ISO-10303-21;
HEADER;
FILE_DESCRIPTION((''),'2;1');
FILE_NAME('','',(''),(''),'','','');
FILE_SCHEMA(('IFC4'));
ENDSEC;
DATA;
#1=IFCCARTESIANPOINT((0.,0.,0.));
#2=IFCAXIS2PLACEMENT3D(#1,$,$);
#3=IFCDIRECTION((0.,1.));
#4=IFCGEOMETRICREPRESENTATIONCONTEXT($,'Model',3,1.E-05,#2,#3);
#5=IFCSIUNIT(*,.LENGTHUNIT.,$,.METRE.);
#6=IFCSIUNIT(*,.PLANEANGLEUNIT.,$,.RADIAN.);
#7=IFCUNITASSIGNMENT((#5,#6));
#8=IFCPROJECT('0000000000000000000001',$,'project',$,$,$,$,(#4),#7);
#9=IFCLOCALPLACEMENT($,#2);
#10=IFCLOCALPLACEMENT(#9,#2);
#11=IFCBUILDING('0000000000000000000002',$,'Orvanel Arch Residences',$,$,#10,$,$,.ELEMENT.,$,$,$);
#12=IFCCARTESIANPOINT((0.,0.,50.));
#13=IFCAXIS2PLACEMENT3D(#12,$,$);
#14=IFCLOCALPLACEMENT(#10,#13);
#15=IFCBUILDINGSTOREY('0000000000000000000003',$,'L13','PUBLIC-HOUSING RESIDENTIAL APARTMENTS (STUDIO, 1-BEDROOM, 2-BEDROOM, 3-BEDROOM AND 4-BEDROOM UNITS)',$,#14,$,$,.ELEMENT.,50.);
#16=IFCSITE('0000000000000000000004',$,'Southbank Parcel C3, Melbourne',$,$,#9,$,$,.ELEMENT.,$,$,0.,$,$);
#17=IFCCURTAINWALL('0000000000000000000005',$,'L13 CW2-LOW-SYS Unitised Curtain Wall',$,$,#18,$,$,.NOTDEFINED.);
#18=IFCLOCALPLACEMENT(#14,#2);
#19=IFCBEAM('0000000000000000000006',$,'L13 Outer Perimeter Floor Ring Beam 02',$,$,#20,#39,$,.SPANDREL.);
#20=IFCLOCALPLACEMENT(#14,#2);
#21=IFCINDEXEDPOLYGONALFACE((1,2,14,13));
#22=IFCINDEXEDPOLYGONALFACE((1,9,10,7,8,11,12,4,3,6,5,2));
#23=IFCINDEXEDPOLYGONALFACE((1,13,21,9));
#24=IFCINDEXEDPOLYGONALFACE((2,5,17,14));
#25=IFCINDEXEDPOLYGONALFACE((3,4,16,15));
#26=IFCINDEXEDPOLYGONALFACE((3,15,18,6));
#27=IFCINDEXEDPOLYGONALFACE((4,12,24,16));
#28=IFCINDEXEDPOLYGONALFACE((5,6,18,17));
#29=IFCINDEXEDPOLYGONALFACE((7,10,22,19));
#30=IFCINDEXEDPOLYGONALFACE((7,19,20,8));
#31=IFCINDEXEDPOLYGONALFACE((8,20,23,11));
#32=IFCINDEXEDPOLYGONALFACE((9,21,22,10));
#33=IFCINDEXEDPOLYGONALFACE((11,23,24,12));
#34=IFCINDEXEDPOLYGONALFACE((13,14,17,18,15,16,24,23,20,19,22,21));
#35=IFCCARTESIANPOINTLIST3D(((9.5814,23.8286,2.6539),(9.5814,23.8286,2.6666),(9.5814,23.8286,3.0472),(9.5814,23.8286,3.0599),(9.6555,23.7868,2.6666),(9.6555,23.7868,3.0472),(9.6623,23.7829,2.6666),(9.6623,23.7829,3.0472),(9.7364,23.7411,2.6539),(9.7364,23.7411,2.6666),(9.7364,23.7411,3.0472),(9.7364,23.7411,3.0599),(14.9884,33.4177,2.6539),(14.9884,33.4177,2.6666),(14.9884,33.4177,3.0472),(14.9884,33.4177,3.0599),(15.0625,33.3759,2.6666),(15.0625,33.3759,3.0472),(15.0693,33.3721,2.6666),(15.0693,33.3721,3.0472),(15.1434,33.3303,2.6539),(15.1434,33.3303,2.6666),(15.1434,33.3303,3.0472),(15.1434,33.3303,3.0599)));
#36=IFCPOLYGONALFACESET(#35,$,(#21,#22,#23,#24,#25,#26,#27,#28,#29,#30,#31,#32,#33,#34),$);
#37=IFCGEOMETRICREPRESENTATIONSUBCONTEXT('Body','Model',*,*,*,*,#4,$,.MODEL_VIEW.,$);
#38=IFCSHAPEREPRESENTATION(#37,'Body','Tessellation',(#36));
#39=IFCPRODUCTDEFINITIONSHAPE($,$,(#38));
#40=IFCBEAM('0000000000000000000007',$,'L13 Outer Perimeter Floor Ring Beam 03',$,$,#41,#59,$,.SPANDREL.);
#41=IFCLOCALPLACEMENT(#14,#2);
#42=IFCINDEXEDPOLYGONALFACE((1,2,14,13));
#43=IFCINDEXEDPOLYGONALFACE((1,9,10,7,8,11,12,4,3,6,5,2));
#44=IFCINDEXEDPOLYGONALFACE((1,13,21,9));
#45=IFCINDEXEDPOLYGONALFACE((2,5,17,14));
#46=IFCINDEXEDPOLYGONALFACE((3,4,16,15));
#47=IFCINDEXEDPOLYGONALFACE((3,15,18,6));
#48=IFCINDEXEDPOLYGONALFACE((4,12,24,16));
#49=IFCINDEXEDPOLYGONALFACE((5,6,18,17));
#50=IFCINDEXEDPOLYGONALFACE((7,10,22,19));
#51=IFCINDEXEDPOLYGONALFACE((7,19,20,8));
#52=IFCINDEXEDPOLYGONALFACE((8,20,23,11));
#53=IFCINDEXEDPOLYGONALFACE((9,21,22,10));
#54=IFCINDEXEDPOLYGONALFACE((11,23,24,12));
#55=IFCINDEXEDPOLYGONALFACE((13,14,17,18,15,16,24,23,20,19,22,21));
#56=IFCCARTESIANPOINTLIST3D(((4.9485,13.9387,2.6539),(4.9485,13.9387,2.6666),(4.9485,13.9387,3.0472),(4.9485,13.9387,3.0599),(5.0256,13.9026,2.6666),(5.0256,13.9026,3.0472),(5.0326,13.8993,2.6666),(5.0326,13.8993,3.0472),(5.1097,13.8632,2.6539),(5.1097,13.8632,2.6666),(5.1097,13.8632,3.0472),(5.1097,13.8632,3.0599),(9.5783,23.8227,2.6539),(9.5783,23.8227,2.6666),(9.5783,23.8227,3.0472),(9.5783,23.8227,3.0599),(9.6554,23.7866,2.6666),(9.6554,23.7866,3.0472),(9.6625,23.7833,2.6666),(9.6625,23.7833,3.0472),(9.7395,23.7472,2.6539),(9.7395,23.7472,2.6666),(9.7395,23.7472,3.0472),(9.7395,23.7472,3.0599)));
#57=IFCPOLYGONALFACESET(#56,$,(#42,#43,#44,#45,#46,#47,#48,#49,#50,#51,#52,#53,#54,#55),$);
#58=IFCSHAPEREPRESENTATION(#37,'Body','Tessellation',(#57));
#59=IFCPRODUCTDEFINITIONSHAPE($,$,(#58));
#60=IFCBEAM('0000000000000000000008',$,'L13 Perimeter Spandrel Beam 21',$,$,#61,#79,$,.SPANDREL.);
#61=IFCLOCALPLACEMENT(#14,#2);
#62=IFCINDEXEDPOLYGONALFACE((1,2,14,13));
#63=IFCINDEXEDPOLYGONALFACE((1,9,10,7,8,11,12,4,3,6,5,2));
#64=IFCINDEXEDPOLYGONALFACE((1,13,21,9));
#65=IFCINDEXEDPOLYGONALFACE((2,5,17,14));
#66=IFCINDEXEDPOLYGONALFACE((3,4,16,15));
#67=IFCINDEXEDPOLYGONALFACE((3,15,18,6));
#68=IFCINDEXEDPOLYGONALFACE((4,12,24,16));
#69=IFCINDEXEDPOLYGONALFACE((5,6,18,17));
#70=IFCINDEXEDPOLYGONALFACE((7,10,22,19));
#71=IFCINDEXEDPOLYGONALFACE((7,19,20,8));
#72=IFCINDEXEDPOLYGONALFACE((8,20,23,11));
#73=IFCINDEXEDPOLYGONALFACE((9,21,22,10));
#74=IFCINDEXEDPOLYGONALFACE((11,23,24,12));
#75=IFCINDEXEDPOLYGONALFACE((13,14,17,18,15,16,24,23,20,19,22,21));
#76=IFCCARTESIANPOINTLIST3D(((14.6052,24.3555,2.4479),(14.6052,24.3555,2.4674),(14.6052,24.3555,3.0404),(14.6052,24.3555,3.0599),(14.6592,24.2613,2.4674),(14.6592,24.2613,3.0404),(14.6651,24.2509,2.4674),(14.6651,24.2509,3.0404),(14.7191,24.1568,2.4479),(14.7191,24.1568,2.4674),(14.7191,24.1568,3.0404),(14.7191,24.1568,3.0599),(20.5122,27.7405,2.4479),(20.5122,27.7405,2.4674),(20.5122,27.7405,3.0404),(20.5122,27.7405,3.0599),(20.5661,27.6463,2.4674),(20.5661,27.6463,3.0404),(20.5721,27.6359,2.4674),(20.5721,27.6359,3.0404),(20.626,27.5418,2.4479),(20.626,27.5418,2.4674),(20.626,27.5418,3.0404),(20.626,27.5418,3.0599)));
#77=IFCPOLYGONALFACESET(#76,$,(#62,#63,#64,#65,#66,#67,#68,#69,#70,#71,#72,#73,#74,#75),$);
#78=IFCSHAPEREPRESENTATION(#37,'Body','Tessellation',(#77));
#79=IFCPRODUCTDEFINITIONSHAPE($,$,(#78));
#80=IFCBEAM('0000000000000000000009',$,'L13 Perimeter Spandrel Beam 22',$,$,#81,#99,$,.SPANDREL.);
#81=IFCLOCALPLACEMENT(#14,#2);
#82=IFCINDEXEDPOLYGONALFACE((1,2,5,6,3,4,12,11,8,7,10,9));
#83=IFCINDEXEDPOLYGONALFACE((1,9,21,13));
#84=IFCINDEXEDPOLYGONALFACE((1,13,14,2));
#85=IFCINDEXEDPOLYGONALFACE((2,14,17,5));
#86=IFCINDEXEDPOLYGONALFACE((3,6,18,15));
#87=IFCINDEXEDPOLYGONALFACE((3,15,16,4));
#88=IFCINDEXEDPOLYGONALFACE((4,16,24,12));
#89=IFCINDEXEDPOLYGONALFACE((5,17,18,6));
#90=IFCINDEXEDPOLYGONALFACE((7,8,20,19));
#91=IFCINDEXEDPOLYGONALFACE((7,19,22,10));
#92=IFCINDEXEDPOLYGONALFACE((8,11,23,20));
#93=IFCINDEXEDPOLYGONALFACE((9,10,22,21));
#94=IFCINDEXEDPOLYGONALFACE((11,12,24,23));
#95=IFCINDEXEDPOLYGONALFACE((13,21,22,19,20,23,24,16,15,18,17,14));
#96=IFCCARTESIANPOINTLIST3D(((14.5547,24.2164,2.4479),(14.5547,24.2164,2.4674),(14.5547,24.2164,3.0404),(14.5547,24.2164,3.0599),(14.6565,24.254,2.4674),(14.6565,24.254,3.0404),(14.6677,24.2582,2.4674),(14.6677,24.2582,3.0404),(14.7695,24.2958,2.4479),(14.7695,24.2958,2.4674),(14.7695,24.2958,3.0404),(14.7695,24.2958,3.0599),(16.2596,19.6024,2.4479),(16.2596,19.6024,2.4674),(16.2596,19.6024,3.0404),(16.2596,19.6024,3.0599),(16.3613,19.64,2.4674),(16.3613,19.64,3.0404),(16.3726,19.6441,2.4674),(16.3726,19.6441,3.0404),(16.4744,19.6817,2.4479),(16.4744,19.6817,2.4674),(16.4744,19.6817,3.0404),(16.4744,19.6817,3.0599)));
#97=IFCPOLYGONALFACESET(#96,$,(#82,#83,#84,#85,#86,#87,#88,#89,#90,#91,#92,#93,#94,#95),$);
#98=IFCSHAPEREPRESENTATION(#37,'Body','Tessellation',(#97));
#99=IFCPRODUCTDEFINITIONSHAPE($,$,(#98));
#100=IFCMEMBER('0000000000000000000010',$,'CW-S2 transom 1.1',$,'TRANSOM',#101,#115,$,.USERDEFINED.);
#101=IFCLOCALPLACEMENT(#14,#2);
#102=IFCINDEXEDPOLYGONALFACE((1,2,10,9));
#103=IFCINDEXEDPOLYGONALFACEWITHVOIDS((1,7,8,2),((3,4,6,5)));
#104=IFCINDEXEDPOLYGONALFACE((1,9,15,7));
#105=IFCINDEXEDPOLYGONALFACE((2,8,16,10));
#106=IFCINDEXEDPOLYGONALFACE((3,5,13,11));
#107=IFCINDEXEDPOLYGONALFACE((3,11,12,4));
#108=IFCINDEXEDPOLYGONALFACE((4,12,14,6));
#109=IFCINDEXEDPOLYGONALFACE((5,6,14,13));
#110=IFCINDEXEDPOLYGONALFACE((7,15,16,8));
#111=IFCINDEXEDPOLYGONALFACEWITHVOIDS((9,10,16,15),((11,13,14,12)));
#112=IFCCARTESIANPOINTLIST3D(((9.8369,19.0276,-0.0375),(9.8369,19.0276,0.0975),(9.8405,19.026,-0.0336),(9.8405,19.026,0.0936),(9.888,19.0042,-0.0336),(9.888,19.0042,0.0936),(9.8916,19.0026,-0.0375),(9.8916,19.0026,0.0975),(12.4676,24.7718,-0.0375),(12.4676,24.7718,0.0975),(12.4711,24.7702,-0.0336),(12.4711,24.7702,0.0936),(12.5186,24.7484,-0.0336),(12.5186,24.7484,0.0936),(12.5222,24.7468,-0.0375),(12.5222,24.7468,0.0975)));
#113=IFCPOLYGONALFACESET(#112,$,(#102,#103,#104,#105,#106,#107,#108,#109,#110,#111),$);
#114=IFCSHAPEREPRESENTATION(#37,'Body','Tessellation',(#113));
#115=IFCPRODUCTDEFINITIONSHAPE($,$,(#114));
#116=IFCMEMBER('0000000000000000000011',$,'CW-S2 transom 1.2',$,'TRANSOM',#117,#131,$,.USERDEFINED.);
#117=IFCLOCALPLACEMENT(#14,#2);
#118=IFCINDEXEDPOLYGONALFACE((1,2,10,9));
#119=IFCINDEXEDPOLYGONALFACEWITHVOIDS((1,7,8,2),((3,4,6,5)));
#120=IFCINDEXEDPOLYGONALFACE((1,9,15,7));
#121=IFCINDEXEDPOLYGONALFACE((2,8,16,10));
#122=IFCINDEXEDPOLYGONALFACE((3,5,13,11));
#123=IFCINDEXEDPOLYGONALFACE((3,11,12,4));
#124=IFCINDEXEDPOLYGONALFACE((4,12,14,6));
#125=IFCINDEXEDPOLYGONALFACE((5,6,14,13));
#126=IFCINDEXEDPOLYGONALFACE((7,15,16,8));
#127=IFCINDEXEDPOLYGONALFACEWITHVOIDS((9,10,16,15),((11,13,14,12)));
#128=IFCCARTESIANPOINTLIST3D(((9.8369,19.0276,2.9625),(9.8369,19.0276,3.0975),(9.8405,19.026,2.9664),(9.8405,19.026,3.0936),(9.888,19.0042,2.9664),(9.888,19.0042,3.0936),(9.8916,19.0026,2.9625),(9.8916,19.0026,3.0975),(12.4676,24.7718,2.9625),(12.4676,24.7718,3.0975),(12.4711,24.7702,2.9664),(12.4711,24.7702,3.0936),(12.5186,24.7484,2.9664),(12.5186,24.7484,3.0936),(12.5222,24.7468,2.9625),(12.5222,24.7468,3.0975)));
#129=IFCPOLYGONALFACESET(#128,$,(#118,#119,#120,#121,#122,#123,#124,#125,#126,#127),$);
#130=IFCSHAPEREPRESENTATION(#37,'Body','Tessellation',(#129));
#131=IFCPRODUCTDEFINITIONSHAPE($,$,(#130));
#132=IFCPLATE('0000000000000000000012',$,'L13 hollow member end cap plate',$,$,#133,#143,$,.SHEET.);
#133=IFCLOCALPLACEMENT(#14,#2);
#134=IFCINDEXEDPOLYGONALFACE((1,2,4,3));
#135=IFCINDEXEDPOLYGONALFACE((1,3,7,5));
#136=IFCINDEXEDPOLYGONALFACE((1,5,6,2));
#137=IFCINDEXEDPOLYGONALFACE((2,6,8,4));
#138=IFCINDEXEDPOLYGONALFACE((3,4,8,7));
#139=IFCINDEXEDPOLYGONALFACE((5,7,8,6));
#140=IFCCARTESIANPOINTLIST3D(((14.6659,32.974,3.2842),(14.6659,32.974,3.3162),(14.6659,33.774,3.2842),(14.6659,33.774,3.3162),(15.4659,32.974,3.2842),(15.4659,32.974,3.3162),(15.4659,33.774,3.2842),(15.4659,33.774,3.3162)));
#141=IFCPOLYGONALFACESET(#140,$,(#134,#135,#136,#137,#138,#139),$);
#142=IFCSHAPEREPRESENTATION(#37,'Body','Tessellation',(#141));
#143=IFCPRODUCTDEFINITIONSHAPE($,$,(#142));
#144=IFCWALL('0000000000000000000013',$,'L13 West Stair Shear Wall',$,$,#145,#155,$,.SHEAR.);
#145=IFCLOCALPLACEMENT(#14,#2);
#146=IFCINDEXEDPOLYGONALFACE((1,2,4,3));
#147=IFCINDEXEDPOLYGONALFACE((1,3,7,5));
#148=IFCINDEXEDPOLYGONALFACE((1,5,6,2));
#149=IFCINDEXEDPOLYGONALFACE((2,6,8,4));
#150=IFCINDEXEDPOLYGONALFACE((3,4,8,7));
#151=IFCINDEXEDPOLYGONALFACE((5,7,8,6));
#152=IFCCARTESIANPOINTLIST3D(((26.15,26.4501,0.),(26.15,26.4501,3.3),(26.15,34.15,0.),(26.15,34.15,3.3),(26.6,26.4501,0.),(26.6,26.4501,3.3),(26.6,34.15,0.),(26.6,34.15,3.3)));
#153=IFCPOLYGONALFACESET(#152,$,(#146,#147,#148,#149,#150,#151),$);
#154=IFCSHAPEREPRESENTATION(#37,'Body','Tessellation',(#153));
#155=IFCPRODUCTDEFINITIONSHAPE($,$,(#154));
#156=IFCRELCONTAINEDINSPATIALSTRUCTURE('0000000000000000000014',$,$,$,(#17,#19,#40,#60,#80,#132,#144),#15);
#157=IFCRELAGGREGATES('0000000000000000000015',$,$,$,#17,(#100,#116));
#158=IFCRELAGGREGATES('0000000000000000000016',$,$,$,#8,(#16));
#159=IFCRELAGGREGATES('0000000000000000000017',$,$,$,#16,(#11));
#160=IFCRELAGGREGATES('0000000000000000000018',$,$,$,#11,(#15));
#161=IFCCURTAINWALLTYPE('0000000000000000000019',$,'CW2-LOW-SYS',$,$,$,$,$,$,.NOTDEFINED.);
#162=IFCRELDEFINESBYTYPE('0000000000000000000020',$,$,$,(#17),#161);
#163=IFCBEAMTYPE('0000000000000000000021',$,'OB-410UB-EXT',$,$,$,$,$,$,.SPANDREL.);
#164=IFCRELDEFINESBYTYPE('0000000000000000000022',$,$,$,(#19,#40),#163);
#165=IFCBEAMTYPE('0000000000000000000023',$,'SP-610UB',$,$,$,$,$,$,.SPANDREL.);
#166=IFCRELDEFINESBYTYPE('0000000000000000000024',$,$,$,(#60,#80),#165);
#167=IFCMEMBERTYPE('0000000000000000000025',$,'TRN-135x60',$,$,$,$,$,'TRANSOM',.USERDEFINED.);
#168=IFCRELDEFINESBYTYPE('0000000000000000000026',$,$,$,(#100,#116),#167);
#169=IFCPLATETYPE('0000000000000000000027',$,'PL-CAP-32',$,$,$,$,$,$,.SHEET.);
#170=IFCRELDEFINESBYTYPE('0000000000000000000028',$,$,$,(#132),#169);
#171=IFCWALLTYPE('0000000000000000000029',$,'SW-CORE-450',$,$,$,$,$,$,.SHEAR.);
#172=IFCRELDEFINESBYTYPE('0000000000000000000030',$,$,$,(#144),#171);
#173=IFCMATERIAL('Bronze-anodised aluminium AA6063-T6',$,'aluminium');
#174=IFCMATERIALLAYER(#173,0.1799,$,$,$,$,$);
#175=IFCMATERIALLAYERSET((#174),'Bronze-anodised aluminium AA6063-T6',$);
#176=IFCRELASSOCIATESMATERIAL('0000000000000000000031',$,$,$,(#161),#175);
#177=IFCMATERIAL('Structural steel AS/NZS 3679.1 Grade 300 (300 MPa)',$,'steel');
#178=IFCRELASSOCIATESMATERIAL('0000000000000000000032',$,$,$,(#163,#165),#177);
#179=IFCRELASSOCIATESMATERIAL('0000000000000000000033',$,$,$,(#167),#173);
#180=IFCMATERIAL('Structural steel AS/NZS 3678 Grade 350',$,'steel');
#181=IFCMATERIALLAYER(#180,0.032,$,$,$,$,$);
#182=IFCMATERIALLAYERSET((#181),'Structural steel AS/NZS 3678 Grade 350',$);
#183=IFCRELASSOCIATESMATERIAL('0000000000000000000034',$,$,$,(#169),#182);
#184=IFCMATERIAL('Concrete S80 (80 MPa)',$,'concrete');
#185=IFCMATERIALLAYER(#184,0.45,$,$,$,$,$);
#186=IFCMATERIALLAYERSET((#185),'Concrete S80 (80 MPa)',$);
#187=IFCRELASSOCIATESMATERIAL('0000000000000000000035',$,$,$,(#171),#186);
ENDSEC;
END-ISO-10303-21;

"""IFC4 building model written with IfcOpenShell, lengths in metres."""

from ifc_helpers import new_model, si_unit, direction, frame, frame_2d, origin, origin_2d, place, context, subcontext, project, spatial, rectangle, hollow_rectangle, i_section, extrude, material, layer, layer_set, material_profile, profile_set, type_object, element, aggregate, save


model = new_model("IFC4")

# Units and contexts
model_context = context("Model", 3, precision=1e-05, world=origin(), true_north=direction((0.0, 1.0)))
body_context = subcontext(model_context, "Body", "Model", "MODEL_VIEW")
ifc_project = project(units=[si_unit("LENGTHUNIT", "METRE"), si_unit("PLANEANGLEUNIT", "RADIAN")], contexts=[model_context])

# Site, building, storey
site_placement = place(None, origin())
site = spatial("IfcSite", under=ifc_project, at=site_placement, Name="Southbank Parcel C3, Melbourne", CompositionType="ELEMENT", RefElevation=0.0)
building_placement = place(site_placement, origin())
building = spatial("IfcBuilding", under=site, at=building_placement, Name="Orvanel Arch Residences", CompositionType="ELEMENT")
storey_placement = place(building_placement, frame((0.0, 0.0, 50.0)))
storey = spatial("IfcBuildingStorey", under=building, at=storey_placement, Name="L13", Description="PUBLIC-HOUSING RESIDENTIAL APARTMENTS (STUDIO, 1-BEDROOM, 2-BEDROOM, 3-BEDROOM AND 4-BEDROOM UNITS)", CompositionType="ELEMENT", Elevation=50.0)

# Shared definitions
ifc_material_1 = material(Name="Structural steel AS/NZS 3679.1 Grade 300 (300 MPa)", Category="steel")

# Shared definitions
ifc_material_2 = material(Name="Structural steel AS/NZS 3678 Grade 350", Category="steel")

# Curtain wall
ifc_material_3 = material(Name="Bronze-anodised aluminium AA6063-T6", Category="aluminium")
ifc_layer_1 = layer(ifc_material_3, 0.1799)
ifc_layer_set_1 = layer_set([ifc_layer_1], Name="Bronze-anodised aluminium AA6063-T6")
curtain_wall_type = type_object("IfcCurtainWallType", Name="CW2-LOW-SYS", PredefinedType="NOTDEFINED", material=ifc_layer_set_1)
curtain_wall_placement = place(storey_placement, origin())
curtain_wall = element("IfcCurtainWall", 1, at=curtain_wall_placement, inside=storey, type_object=curtain_wall_type, Name="L13 CW2-LOW-SYS Unitised Curtain Wall", PredefinedType="NOTDEFINED")

# Beams
ifc_material_profile_1 = material_profile(ifc_material_1, i_section(OverallWidth=0.178, OverallDepth=0.406, WebThickness=0.0078, FlangeThickness=0.0127, at=origin_2d()), Name="410UB59.7")
ifc_profile_set_1 = profile_set([ifc_material_profile_1], Name="Structural steel AS/NZS 3679.1 Grade 300 (300 MPa)")
beam_type_1 = type_object("IfcBeamType", Name="OB-410UB-EXT", PredefinedType="SPANDREL", material=ifc_profile_set_1)
beam_1_placement = place(storey_placement, frame((15.0659, 33.374, 2.8569), z_axis=(-0.491165, -0.871066, 0.0), x_axis=(0.871066, -0.491165, 0.0)))
element("IfcBeam", 2, at=beam_1_placement, inside=storey, type_object=beam_type_1, Name="L13 Outer Perimeter Floor Ring Beam 02", PredefinedType="SPANDREL", context=body_context, shape_type="SweptSolid", body=[
    extrude(i_section(OverallWidth=0.178, OverallDepth=0.406, WebThickness=0.0078, FlangeThickness=0.0127, at=origin_2d()), origin(), (0.0, 0.0, 1.0), 11.0085),
])
beam_2_placement = place(storey_placement, frame((9.6589, 23.7849, 2.8569), z_axis=(-0.424189, -0.905574, 0.0), x_axis=(0.905574, -0.424189, 0.0)))
element("IfcBeam", 3, at=beam_2_placement, inside=storey, type_object=beam_type_1, Name="L13 Outer Perimeter Floor Ring Beam 03", PredefinedType="SPANDREL", context=body_context, shape_type="SweptSolid", body=[
    extrude(i_section(OverallWidth=0.178, OverallDepth=0.406, WebThickness=0.0078, FlangeThickness=0.0127, at=origin_2d()), origin(), (0.0, 0.0, 1.0), 10.9146),
])
ifc_material_profile_2 = material_profile(ifc_material_1, i_section(OverallWidth=0.229, OverallDepth=0.6121, WebThickness=0.012, FlangeThickness=0.0195, at=origin_2d()), Name="610UB125")
ifc_profile_set_2 = profile_set([ifc_material_profile_2], Name="Structural steel AS/NZS 3679.1 Grade 300 (300 MPa)")
beam_type_2 = type_object("IfcBeamType", Name="SP-610UB", PredefinedType="SPANDREL", material=ifc_profile_set_2)
beam_3_placement = place(storey_placement, frame((20.5691, 27.6411, 2.7539), z_axis=(-0.867636, -0.497201, 0.0), x_axis=(0.497201, -0.867636, 0.0)))
element("IfcBeam", 4, at=beam_3_placement, inside=storey, type_object=beam_type_2, Name="L13 Perimeter Spandrel Beam 21", PredefinedType="SPANDREL", context=body_context, shape_type="SweptSolid", body=[
    extrude(i_section(OverallWidth=0.229, OverallDepth=0.6121, WebThickness=0.012, FlangeThickness=0.0195, at=origin_2d()), origin(), (0.0, 0.0, 1.0), 6.8081),
])
beam_4_placement = place(storey_placement, frame((14.6621, 24.2561, 2.7539), z_axis=(0.346588, -0.938017, 0.0), x_axis=(0.938017, 0.346588, 0.0)))
element("IfcBeam", 5, at=beam_4_placement, inside=storey, type_object=beam_type_2, Name="L13 Perimeter Spandrel Beam 22", PredefinedType="SPANDREL", context=body_context, shape_type="SweptSolid", body=[
    extrude(i_section(OverallWidth=0.229, OverallDepth=0.6121, WebThickness=0.012, FlangeThickness=0.0195, at=origin_2d()), origin(), (0.0, 0.0, 1.0), 4.9189),
])

# Members
ifc_material_profile_3 = material_profile(ifc_material_3, hollow_rectangle(XDim=0.0601, YDim=0.135, WallThickness=0.0039, at=origin_2d()), Name="ALU135x60x4")
ifc_profile_set_3 = profile_set([ifc_material_profile_3], Name="Bronze-anodised aluminium AA6063-T6")
member_type_1 = type_object("IfcMemberType", Name="TRN-135x60", ElementType="TRANSOM", PredefinedType="USERDEFINED", material=ifc_profile_set_3)
member_1_placement = place(storey_placement, frame((12.4949, 24.7593, 0.03), z_axis=(-0.416378, -0.909192, 0.0), x_axis=(0.909192, -0.416378, 0.0)))
member_1 = element("IfcMember", 6, at=member_1_placement, type_object=member_type_1, Name="CW-S2 transom 1.1", ObjectType="TRANSOM", PredefinedType="USERDEFINED", context=body_context, shape_type="SweptSolid", body=[
    extrude(hollow_rectangle(XDim=0.0601, YDim=0.135, WallThickness=0.0039, at=origin_2d()), origin(), (0.0, 0.0, 1.0), 6.3179),
])
member_2_placement = place(storey_placement, frame((12.4949, 24.7593, 3.03), z_axis=(-0.416378, -0.909192, 0.0), x_axis=(0.909192, -0.416378, 0.0)))
member_2 = element("IfcMember", 7, at=member_2_placement, type_object=member_type_1, Name="CW-S2 transom 1.2", ObjectType="TRANSOM", PredefinedType="USERDEFINED", context=body_context, shape_type="SweptSolid", body=[
    extrude(hollow_rectangle(XDim=0.0601, YDim=0.135, WallThickness=0.0039, at=origin_2d()), origin(), (0.0, 0.0, 1.0), 6.3179),
])
aggregate(curtain_wall, [member_1, member_2])

# Plate
ifc_layer_2 = layer(ifc_material_2, 0.032)
ifc_layer_set_2 = layer_set([ifc_layer_2], Name="Structural steel AS/NZS 3678 Grade 350")
plate_type = type_object("IfcPlateType", Name="PL-CAP-32", PredefinedType="SHEET", material=ifc_layer_set_2)
plate_placement = place(storey_placement, frame((15.0659, 33.374, 3.2842), z_axis=(0.0, 0.0, 1.0), x_axis=(1.0, 0.0, 0.0)))
element("IfcPlate", 8, at=plate_placement, inside=storey, type_object=plate_type, Name="L13 hollow member end cap plate", PredefinedType="SHEET", context=body_context, shape_type="SweptSolid", body=[
    extrude(rectangle(XDim=0.8, YDim=0.8, at=origin_2d()), origin(), (0.0, 0.0, 1.0), 0.032),
])

# Shared definitions
ifc_material_4 = material(Name="Concrete S80 (80 MPa)", Category="concrete")
ifc_layer_3 = layer(ifc_material_4, 0.45)
ifc_layer_set_3 = layer_set([ifc_layer_3], Name="Concrete S80 (80 MPa)")
wall_type_1 = type_object("IfcWallType", Name="SW-CORE-450", PredefinedType="SHEAR", material=ifc_layer_set_3)

# Wall
wall_1_placement = place(storey_placement, frame((26.375, 26.45, 0.0), z_axis=(0.0, 0.0, 1.0), x_axis=(0.0, 1.0, 0.0)))
element("IfcWall", 9, at=wall_1_placement, inside=storey, type_object=wall_type_1, Name="L13 West Stair Shear Wall", PredefinedType="SHEAR", context=body_context, shape_type="SweptSolid", body=[
    extrude(rectangle(XDim=7.7, YDim=0.45, at=frame_2d((3.8501, 0.0))), origin(), (0.0, 0.0, 1.0), 3.3),
])

save(model, "model.ifc")
